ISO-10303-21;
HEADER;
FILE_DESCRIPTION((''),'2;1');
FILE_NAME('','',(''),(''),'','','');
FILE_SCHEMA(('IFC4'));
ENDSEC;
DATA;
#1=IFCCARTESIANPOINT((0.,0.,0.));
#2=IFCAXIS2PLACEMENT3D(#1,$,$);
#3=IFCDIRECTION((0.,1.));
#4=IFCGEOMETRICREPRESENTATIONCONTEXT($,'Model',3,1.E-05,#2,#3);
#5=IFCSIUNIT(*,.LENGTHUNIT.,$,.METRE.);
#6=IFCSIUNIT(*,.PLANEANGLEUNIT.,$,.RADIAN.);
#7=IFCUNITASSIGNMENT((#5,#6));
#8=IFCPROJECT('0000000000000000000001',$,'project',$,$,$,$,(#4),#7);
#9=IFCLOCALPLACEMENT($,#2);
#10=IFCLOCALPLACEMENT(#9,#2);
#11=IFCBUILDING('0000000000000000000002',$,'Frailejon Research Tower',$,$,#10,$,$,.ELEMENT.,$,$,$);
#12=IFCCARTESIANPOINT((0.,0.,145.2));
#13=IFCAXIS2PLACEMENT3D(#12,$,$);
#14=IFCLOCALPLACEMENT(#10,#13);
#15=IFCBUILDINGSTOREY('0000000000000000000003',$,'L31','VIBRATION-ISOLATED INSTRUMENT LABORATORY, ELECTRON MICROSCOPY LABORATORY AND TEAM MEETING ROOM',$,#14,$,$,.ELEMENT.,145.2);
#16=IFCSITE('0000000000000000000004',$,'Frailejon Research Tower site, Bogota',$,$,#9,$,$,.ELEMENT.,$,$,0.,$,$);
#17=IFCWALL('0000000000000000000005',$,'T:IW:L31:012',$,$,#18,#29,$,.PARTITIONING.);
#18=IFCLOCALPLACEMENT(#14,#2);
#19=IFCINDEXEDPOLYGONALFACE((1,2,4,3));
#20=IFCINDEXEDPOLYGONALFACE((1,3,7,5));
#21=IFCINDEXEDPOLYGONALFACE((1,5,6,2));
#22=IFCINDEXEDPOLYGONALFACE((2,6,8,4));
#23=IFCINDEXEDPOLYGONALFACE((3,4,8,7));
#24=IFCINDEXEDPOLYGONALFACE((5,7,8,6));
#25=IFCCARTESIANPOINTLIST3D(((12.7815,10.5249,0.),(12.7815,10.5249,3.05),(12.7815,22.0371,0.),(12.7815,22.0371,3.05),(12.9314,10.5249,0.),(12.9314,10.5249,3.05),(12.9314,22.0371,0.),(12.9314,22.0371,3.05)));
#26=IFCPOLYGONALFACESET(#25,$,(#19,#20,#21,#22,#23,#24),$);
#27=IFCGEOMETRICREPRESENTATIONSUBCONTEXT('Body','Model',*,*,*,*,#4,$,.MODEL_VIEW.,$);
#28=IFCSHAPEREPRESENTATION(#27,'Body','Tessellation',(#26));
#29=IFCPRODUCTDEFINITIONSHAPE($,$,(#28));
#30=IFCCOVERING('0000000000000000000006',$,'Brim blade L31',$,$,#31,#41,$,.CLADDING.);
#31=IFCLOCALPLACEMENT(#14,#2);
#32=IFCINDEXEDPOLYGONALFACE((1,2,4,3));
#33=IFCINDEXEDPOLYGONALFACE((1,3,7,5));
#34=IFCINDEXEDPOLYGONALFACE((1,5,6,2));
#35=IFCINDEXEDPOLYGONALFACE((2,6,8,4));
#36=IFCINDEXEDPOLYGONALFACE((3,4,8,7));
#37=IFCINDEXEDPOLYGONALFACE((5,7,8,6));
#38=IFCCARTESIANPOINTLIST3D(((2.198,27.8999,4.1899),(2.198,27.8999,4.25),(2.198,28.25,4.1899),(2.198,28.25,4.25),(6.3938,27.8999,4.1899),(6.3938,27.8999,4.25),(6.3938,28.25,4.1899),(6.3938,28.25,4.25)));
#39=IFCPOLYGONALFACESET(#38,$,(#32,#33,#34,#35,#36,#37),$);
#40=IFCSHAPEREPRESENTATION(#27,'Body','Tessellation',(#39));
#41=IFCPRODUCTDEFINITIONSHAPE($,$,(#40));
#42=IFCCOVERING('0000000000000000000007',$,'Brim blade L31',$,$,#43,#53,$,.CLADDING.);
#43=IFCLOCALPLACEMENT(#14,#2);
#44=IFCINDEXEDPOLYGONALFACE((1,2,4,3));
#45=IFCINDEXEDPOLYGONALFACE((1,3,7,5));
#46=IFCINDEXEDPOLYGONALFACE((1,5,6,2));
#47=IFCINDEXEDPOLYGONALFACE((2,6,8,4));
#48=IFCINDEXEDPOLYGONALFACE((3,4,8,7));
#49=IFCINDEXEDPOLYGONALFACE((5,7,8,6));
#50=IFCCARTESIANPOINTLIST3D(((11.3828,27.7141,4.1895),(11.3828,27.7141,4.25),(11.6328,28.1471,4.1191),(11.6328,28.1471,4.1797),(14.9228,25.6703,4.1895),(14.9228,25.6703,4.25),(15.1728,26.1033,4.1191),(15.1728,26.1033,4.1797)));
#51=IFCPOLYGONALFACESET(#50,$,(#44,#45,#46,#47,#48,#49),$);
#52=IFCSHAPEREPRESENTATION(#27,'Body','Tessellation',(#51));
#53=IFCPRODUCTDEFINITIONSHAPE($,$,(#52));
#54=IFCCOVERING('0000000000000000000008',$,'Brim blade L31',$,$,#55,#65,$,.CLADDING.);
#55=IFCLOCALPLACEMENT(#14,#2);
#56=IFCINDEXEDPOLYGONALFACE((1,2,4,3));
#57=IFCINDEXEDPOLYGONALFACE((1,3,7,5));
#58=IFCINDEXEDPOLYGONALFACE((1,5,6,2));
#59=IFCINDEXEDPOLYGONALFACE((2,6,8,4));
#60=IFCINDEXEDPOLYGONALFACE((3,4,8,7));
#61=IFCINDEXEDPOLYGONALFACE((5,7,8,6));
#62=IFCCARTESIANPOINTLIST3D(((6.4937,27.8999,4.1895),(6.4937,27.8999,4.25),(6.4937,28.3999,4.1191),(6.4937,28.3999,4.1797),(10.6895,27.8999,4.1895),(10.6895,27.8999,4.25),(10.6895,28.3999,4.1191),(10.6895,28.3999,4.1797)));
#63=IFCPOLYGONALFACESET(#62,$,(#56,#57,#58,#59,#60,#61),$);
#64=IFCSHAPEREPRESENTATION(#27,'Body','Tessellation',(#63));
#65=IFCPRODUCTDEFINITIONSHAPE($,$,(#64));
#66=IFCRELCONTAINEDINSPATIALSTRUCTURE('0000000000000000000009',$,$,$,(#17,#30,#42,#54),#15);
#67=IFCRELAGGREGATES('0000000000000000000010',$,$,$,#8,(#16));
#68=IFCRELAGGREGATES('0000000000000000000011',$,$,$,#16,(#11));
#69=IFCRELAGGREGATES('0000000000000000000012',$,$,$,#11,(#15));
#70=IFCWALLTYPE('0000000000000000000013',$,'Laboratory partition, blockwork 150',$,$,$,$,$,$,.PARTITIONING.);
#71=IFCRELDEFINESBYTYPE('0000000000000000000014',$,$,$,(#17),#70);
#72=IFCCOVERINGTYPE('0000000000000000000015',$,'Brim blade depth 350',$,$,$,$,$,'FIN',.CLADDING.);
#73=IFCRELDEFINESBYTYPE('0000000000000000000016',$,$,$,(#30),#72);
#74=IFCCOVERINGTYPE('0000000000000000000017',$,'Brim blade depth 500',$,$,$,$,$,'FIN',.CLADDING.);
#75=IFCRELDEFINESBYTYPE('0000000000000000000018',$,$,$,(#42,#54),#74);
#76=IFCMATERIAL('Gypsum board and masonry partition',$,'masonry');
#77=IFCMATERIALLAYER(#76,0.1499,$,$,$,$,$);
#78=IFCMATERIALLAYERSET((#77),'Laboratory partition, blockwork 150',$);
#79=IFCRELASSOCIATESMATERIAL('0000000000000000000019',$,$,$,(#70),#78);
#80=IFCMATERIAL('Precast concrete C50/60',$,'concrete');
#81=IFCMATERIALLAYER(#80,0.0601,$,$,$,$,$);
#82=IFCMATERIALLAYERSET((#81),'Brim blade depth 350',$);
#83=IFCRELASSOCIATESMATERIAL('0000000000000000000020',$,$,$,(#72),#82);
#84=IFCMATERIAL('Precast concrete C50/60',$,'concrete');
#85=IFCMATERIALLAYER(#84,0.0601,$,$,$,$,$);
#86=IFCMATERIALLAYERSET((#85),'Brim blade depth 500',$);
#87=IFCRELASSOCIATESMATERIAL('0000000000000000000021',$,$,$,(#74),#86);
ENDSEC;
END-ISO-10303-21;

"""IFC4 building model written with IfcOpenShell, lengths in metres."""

from ifc_helpers import new_model, si_unit, direction, frame, frame_2d, origin, place, context, subcontext, project, spatial, polyline, rectangle, outline, extrude, material, layer, layer_set, type_object, element, save


model = new_model("IFC4")

# Units and contexts
model_context = context("Model", 3, precision=1e-05, world=origin(), true_north=direction((0.0, 1.0)))
body_context = subcontext(model_context, "Body", "Model", "MODEL_VIEW")
ifc_project = project(units=[si_unit("LENGTHUNIT", "METRE"), si_unit("PLANEANGLEUNIT", "RADIAN")], contexts=[model_context])

# Site, building, storey
site_placement = place(None, origin())
site = spatial("IfcSite", under=ifc_project, at=site_placement, Name="Frailejon Research Tower site, Bogota", CompositionType="ELEMENT", RefElevation=0.0)
building_placement = place(site_placement, origin())
building = spatial("IfcBuilding", under=site, at=building_placement, Name="Frailejon Research Tower", CompositionType="ELEMENT")
storey_placement = place(building_placement, frame((0.0, 0.0, 145.2)))
storey = spatial("IfcBuildingStorey", under=building, at=storey_placement, Name="L31", Description="VIBRATION-ISOLATED INSTRUMENT LABORATORY, ELECTRON MICROSCOPY LABORATORY AND TEAM MEETING ROOM", CompositionType="ELEMENT", Elevation=145.2)

# Wall
ifc_material_1 = material(Name="Gypsum board and masonry partition", Category="masonry")
ifc_layer_1 = layer(ifc_material_1, 0.1499)
ifc_layer_set_1 = layer_set([ifc_layer_1], Name="Laboratory partition, blockwork 150")
wall_type_1 = type_object("IfcWallType", Name="Laboratory partition, blockwork 150", PredefinedType="PARTITIONING", material=ifc_layer_set_1)
wall_1_placement = place(storey_placement, frame((12.8564, 10.5249, 0.0), z_axis=(0.0, 0.0, 1.0), x_axis=(0.0, 1.0, 0.0)))
element("IfcWall", 1, at=wall_1_placement, inside=storey, type_object=wall_type_1, Name="T:IW:L31:012", PredefinedType="PARTITIONING", context=body_context, shape_type="SweptSolid", body=[
    extrude(rectangle(XDim=11.5122, YDim=0.1499, at=frame_2d((5.7561, 0.0))), origin(), (0.0, 0.0, 1.0), 3.05),
])

# Coverings
ifc_material_2 = material(Name="Precast concrete C50/60", Category="concrete")
ifc_layer_2 = layer(ifc_material_2, 0.0601)
ifc_layer_set_2 = layer_set([ifc_layer_2], Name="Brim blade depth 350")
covering_type_1 = type_object("IfcCoveringType", Name="Brim blade depth 350", ElementType="FIN", PredefinedType="CLADDING", material=ifc_layer_set_2)
covering_1_placement = place(storey_placement, frame((2.198, 27.8999, 4.25), z_axis=(1.0, 0.0, 0.0), x_axis=(0.0, 1.0, 0.0)))
element("IfcCovering", 2, at=covering_1_placement, inside=storey, type_object=covering_type_1, Name="Brim blade L31", PredefinedType="CLADDING", context=body_context, shape_type="SweptSolid", body=[
    extrude(outline(polyline([(0.0, -0.0601), (0.3501, -0.0601), (0.3501, 0.0), (0.0, 0.0), (0.0, -0.0601)])), origin(), (0.0, 0.0, 1.0), 4.1958),
])
ifc_material_3 = material(Name="Precast concrete C50/60", Category="concrete")
ifc_layer_3 = layer(ifc_material_3, 0.0601)
ifc_layer_set_3 = layer_set([ifc_layer_3], Name="Brim blade depth 500")
covering_type_2 = type_object("IfcCoveringType", Name="Brim blade depth 500", ElementType="FIN", PredefinedType="CLADDING", material=ifc_layer_set_3)
covering_2_placement = place(storey_placement, frame((11.3828, 27.7141, 4.25), z_axis=(0.866027, -0.499997, 0.0), x_axis=(0.499997, 0.866027, 0.0)))
element("IfcCovering", 3, at=covering_2_placement, inside=storey, type_object=covering_type_2, Name="Brim blade L31", PredefinedType="CLADDING", context=body_context, shape_type="SweptSolid", body=[
    extrude(outline(polyline([(0.0, -0.0605), (0.5, -0.1309), (0.5, -0.0703), (0.0, 0.0), (0.0, -0.0605)])), origin(), (0.0, 0.0, 1.0), 4.0876),
])
covering_3_placement = place(storey_placement, frame((6.4937, 27.8999, 4.25), z_axis=(1.0, 0.0, 0.0), x_axis=(0.0, 1.0, 0.0)))
element("IfcCovering", 4, at=covering_3_placement, inside=storey, type_object=covering_type_2, Name="Brim blade L31", PredefinedType="CLADDING", context=body_context, shape_type="SweptSolid", body=[
    extrude(outline(polyline([(0.0, -0.0605), (0.5, -0.1309), (0.5, -0.0703), (0.0, 0.0), (0.0, -0.0605)])), origin(), (0.0, 0.0, 1.0), 4.1958),
])

save(model, "model.ifc")
